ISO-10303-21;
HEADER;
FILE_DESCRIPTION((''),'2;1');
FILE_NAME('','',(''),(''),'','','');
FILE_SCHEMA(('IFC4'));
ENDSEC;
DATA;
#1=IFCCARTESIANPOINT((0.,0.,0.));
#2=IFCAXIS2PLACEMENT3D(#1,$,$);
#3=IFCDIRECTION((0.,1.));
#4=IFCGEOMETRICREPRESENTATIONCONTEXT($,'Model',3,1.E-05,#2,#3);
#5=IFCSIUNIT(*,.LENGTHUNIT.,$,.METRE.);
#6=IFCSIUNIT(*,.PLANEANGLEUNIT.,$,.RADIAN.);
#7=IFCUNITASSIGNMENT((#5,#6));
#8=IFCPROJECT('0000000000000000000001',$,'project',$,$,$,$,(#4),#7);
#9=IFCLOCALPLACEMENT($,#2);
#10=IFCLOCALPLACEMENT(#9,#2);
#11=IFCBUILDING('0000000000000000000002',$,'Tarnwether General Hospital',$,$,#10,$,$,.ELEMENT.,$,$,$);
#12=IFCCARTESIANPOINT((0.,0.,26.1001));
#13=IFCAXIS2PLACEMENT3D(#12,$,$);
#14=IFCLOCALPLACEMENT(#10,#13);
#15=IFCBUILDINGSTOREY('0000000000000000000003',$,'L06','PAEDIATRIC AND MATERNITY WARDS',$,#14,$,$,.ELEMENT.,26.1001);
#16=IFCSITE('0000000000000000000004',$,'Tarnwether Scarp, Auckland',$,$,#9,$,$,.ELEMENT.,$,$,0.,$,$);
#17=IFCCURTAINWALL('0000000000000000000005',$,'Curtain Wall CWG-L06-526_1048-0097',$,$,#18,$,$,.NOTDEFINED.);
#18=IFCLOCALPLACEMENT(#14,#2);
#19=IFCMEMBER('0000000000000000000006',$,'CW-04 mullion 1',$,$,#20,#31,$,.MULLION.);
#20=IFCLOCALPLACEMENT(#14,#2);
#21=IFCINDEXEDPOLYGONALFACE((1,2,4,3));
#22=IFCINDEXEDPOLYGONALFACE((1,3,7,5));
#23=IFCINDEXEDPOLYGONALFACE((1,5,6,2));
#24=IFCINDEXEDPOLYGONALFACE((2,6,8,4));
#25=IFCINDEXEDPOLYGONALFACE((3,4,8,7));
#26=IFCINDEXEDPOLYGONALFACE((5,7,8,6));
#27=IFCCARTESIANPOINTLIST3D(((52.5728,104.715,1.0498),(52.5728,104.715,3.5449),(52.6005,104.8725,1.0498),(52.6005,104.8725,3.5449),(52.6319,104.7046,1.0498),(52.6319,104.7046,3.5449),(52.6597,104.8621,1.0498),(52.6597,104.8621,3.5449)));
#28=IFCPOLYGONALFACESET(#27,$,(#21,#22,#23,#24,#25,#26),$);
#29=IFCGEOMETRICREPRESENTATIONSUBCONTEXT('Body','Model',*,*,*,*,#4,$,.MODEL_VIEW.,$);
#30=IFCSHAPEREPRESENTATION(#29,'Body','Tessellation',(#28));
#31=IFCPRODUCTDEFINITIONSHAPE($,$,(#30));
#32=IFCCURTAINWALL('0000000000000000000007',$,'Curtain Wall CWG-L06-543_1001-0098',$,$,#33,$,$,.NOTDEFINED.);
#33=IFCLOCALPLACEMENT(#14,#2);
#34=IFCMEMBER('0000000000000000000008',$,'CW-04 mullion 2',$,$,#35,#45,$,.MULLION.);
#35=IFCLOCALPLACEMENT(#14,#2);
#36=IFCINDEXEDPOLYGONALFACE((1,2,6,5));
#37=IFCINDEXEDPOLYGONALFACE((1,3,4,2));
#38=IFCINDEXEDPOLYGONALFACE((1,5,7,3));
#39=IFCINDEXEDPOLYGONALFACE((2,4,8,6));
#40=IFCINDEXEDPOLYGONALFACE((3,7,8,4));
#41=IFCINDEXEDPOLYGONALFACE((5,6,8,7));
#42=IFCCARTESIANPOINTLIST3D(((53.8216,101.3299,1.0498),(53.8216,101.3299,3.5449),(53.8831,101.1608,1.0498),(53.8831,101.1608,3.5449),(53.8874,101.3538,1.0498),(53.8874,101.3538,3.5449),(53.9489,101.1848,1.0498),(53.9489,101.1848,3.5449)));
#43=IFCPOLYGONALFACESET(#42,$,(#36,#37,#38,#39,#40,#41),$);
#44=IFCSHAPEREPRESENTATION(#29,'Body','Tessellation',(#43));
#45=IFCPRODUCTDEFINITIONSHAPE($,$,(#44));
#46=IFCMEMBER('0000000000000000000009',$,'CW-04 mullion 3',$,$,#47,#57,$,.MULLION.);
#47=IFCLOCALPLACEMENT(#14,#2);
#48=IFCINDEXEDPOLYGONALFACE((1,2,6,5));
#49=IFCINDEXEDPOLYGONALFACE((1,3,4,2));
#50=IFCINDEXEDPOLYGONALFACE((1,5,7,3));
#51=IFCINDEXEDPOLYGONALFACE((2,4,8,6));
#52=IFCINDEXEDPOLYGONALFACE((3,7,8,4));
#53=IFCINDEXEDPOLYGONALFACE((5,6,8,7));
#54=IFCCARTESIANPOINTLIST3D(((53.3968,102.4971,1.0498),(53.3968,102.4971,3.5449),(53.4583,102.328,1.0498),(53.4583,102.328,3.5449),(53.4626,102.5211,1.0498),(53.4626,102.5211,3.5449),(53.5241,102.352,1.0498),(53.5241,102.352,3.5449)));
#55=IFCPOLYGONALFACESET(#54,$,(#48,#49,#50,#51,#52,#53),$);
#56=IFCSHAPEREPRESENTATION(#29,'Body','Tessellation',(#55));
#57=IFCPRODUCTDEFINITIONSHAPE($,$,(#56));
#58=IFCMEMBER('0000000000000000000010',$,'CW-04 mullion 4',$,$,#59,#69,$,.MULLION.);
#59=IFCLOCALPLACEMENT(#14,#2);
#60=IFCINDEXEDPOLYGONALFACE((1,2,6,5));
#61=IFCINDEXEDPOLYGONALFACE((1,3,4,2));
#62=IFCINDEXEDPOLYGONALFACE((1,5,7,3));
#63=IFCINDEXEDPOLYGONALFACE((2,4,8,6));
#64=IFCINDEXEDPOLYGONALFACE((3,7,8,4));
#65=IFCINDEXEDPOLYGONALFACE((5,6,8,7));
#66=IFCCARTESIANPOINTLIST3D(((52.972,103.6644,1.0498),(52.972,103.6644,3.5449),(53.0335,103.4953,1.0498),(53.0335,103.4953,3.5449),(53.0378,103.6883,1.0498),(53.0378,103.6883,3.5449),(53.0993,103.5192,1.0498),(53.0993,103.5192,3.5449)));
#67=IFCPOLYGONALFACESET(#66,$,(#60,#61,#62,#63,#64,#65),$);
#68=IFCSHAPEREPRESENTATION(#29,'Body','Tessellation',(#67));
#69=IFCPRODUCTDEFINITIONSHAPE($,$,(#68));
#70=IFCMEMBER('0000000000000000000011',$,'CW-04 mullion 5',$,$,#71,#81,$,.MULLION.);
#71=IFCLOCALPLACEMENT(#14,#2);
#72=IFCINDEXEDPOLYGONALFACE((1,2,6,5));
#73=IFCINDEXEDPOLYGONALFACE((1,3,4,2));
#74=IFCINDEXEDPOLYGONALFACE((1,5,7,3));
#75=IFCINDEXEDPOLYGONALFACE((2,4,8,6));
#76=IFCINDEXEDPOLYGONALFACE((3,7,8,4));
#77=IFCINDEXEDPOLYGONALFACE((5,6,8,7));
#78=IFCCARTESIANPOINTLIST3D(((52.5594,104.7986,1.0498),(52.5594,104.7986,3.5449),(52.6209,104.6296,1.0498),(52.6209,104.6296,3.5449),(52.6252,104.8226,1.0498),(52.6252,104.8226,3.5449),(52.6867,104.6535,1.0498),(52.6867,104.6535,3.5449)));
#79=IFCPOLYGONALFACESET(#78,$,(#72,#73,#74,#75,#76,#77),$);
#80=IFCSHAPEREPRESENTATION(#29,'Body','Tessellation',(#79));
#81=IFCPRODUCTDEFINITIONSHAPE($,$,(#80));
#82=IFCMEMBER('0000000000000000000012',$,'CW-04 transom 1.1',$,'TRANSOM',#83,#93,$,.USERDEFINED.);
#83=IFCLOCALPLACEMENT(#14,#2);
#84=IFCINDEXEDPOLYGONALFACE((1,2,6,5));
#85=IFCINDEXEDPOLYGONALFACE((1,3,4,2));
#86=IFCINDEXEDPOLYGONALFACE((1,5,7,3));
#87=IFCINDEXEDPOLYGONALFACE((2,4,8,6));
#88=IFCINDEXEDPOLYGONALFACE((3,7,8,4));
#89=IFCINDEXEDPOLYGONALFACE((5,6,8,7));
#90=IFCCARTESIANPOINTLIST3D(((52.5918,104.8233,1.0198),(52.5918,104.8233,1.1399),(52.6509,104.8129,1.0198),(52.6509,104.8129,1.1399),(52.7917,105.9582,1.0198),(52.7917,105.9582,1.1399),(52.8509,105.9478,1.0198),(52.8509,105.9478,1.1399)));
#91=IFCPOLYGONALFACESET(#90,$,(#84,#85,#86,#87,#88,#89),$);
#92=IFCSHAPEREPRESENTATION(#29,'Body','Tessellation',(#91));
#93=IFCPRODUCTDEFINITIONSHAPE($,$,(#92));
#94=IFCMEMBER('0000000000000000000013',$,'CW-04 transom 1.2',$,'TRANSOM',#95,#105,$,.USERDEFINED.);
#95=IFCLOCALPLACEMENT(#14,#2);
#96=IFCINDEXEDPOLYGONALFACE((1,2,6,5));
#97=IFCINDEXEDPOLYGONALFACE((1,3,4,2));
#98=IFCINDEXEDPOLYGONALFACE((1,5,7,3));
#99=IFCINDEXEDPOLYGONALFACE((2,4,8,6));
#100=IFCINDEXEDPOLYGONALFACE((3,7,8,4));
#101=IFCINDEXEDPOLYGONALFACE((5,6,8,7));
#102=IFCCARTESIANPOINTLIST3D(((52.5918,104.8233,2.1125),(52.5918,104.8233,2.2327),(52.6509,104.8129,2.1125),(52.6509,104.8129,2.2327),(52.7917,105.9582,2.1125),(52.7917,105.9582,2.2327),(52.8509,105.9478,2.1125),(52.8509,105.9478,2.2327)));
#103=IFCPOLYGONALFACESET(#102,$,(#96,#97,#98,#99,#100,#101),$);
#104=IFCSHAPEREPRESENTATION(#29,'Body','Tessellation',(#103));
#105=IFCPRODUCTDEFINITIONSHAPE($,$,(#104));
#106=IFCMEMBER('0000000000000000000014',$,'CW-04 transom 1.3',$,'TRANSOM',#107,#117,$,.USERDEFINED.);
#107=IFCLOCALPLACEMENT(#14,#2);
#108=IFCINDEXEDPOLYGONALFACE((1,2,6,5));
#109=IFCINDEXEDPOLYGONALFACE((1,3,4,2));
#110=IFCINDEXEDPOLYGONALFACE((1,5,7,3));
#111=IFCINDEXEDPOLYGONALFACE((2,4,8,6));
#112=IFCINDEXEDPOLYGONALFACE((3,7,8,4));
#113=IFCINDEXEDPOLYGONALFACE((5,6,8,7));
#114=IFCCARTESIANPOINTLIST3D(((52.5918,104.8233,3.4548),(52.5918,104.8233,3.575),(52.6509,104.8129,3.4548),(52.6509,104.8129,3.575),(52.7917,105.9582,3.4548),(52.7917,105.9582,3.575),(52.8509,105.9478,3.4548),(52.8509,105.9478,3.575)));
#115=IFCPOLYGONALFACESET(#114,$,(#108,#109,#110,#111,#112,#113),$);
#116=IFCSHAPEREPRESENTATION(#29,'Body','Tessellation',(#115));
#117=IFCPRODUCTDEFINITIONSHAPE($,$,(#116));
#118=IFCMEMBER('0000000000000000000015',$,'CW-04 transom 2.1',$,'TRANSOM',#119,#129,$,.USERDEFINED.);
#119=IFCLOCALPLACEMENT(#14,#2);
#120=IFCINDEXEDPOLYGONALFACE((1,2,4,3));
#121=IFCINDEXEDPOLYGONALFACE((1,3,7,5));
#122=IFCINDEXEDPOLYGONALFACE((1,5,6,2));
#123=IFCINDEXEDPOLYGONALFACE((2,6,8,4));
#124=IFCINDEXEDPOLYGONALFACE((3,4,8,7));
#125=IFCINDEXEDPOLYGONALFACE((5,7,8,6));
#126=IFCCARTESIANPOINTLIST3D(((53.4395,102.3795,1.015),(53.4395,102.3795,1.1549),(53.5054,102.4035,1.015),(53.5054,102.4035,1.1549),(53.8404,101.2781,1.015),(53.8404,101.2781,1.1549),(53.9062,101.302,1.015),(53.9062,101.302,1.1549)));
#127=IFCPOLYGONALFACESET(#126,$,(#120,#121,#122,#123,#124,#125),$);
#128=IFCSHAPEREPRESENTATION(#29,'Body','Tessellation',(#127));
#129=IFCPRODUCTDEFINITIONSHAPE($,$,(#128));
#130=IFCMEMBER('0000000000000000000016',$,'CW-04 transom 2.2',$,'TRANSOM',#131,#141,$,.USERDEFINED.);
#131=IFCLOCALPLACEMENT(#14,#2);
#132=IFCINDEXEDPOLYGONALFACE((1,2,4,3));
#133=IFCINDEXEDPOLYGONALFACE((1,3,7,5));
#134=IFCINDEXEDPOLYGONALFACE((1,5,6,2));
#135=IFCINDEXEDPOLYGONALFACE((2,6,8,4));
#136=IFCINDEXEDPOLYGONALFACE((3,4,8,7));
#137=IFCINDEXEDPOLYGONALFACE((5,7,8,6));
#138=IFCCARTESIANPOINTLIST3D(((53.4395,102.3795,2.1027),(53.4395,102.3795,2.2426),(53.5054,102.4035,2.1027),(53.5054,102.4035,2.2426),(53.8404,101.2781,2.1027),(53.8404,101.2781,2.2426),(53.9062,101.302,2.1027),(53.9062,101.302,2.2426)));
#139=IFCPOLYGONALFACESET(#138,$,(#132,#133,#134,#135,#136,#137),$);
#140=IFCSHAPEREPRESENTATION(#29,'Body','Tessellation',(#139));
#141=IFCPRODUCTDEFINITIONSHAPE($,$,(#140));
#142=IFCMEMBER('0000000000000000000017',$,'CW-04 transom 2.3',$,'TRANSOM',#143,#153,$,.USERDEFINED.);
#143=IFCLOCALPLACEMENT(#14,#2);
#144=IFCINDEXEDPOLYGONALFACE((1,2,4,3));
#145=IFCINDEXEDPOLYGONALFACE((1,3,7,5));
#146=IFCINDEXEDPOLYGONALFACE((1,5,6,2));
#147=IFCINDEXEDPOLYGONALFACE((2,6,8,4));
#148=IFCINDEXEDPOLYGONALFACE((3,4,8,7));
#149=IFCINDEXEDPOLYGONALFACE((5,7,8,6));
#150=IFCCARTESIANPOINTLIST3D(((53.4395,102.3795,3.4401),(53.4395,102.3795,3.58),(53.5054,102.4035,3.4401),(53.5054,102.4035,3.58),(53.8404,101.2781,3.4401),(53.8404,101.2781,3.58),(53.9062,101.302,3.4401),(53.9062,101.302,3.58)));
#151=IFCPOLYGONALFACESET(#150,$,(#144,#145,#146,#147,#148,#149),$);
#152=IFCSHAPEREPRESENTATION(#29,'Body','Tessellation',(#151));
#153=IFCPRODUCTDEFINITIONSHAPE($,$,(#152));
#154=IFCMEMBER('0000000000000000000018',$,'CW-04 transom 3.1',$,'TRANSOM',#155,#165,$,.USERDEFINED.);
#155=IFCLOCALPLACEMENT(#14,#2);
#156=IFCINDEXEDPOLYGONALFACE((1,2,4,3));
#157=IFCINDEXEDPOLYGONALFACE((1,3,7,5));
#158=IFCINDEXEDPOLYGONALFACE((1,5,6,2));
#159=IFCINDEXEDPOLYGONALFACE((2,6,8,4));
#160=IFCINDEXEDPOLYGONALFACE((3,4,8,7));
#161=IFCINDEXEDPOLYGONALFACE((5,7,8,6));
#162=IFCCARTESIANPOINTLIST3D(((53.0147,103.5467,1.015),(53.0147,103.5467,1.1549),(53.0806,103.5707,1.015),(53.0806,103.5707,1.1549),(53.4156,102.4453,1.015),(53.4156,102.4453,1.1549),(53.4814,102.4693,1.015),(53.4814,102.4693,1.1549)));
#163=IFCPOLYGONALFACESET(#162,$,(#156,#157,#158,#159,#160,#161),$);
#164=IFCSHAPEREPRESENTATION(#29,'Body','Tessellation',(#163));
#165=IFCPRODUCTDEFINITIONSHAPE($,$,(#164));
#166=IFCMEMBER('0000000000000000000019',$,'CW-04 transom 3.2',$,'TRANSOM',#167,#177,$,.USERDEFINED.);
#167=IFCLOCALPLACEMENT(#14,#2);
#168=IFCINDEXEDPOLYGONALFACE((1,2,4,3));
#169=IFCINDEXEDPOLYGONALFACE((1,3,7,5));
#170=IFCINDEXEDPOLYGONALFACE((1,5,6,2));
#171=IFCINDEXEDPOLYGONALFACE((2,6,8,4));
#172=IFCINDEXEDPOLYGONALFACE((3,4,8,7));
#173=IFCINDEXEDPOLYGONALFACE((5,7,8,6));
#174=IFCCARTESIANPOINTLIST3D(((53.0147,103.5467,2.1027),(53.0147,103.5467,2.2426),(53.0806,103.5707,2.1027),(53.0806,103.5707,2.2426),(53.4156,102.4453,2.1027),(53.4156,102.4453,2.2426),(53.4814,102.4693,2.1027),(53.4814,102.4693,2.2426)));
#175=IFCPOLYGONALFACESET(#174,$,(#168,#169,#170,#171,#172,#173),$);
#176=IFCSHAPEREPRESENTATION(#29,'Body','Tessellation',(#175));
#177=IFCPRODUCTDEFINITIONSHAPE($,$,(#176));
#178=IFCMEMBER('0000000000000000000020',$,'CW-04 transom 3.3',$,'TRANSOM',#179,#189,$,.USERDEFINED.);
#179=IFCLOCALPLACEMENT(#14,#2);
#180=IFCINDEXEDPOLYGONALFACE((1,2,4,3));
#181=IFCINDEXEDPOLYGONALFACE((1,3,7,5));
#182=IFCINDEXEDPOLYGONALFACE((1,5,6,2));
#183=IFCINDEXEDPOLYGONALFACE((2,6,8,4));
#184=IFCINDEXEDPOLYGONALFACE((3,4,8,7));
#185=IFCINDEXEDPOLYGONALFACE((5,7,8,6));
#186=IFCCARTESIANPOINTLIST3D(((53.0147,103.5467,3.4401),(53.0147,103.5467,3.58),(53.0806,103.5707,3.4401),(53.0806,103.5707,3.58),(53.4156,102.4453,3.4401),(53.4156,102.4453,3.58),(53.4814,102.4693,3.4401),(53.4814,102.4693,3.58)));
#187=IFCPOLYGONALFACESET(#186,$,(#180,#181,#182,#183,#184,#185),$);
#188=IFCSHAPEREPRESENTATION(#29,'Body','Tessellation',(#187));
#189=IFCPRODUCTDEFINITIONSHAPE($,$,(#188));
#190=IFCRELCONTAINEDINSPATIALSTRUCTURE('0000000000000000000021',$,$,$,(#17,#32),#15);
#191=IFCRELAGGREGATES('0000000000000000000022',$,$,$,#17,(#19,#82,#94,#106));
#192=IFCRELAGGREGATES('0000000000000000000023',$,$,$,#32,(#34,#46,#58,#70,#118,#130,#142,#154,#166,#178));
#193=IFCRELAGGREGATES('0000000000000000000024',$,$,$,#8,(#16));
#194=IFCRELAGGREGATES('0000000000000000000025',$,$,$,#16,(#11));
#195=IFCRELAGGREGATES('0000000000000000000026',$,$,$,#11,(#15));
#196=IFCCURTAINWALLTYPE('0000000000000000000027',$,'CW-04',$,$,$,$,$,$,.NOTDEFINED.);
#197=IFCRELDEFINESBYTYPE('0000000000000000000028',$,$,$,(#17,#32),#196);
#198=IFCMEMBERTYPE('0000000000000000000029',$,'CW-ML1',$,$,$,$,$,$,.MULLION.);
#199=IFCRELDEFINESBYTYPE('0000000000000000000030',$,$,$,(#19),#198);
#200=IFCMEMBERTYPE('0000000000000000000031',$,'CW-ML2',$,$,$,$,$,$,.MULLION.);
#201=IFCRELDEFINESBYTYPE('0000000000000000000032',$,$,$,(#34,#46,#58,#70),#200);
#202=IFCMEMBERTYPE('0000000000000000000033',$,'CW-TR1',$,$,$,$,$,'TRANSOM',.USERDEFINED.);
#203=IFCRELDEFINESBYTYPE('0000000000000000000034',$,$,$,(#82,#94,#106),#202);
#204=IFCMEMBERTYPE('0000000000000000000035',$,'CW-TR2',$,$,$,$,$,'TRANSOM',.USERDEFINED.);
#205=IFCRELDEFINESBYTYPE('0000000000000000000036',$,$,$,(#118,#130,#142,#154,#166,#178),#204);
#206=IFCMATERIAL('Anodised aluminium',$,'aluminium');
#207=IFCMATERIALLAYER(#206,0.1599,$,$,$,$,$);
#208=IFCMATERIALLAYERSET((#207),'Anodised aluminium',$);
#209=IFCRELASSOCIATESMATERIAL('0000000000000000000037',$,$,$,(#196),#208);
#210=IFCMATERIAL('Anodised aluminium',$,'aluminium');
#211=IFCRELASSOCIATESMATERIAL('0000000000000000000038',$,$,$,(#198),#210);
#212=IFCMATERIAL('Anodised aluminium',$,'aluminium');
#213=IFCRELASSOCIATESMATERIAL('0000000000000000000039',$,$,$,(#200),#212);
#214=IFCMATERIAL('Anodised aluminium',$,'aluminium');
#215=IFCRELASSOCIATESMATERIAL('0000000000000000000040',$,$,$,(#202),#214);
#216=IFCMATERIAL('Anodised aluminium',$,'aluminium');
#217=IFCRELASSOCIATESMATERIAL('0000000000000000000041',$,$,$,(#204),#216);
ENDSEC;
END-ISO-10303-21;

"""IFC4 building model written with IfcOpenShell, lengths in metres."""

from ifc_helpers import new_model, si_unit, direction, frame, origin, origin_2d, place, context, subcontext, project, spatial, rectangle, extrude, material, layer, layer_set, material_profile, profile_set, type_object, element, aggregate, save


model = new_model("IFC4")

# Units and contexts
model_context = context("Model", 3, precision=1e-05, world=origin(), true_north=direction((0.0, 1.0)))
body_context = subcontext(model_context, "Body", "Model", "MODEL_VIEW")
ifc_project = project(units=[si_unit("LENGTHUNIT", "METRE"), si_unit("PLANEANGLEUNIT", "RADIAN")], contexts=[model_context])

# Site, building, storey
site_placement = place(None, origin())
site = spatial("IfcSite", under=ifc_project, at=site_placement, Name="Tarnwether Scarp, Auckland", CompositionType="ELEMENT", RefElevation=0.0)
building_placement = place(site_placement, origin())
building = spatial("IfcBuilding", under=site, at=building_placement, Name="Tarnwether General Hospital", CompositionType="ELEMENT")
storey_placement = place(building_placement, frame((0.0, 0.0, 26.1001)))
storey = spatial("IfcBuildingStorey", under=building, at=storey_placement, Name="L06", Description="PAEDIATRIC AND MATERNITY WARDS", CompositionType="ELEMENT", Elevation=26.1001)

# Curtain wall, member
ifc_material_1 = material(Name="Anodised aluminium", Category="aluminium")
ifc_layer_1 = layer(ifc_material_1, 0.1599)
ifc_layer_set_1 = layer_set([ifc_layer_1], Name="Anodised aluminium")
curtain_wall_type = type_object("IfcCurtainWallType", Name="CW-04", PredefinedType="NOTDEFINED", material=ifc_layer_set_1)
curtain_wall_1_placement = place(storey_placement, origin())
curtain_wall_1 = element("IfcCurtainWall", 1, at=curtain_wall_1_placement, inside=storey, type_object=curtain_wall_type, Name="Curtain Wall CWG-L06-526_1048-0097", PredefinedType="NOTDEFINED")
ifc_material_2 = material(Name="Anodised aluminium", Category="aluminium")
ifc_material_profile_1 = material_profile(ifc_material_2, rectangle(XDim=0.0601, YDim=0.1599, at=origin_2d()), Name="ALU-MUL-60x160")
ifc_profile_set_1 = profile_set([ifc_material_profile_1], Name="Anodised aluminium")
member_type_1 = type_object("IfcMemberType", Name="CW-ML1", PredefinedType="MULLION", material=ifc_profile_set_1)
member_1_placement = place(storey_placement, frame((52.6162, 104.7886, 1.0498), z_axis=(0.0, 0.0, 1.0), x_axis=(-0.98484, 0.173464, 0.0)))
member_1 = element("IfcMember", 2, at=member_1_placement, type_object=member_type_1, Name="CW-04 mullion 1", PredefinedType="MULLION", context=body_context, shape_type="SweptSolid", body=[
    extrude(rectangle(XDim=0.0601, YDim=0.1599, at=origin_2d()), origin(), (0.0, 0.0, 1.0), 2.4951),
])

# Curtain wall, members
curtain_wall_2_placement = place(storey_placement, origin())
curtain_wall_2 = element("IfcCurtainWall", 3, at=curtain_wall_2_placement, inside=storey, type_object=curtain_wall_type, Name="Curtain Wall CWG-L06-543_1001-0098", PredefinedType="NOTDEFINED")
ifc_material_3 = material(Name="Anodised aluminium", Category="aluminium")
ifc_material_profile_2 = material_profile(ifc_material_3, rectangle(XDim=0.0701, YDim=0.1799, at=origin_2d()), Name="ALU-MUL-70x180")
ifc_profile_set_2 = profile_set([ifc_material_profile_2], Name="Anodised aluminium")
member_type_2 = type_object("IfcMemberType", Name="CW-ML2", PredefinedType="MULLION", material=ifc_profile_set_2)
member_2_placement = place(storey_placement, frame((53.8853, 101.2573, 1.0498), z_axis=(0.0, 0.0, 1.0), x_axis=(-0.939717, -0.341953, 0.0)))
member_2 = element("IfcMember", 4, at=member_2_placement, type_object=member_type_2, Name="CW-04 mullion 2", PredefinedType="MULLION", context=body_context, shape_type="SweptSolid", body=[
    extrude(rectangle(XDim=0.0701, YDim=0.1799, at=origin_2d()), origin(), (0.0, 0.0, 1.0), 2.4951),
])
member_3_placement = place(storey_placement, frame((53.4604, 102.4246, 1.0498), z_axis=(0.0, 0.0, 1.0), x_axis=(-0.939717, -0.341953, 0.0)))
member_3 = element("IfcMember", 5, at=member_3_placement, type_object=member_type_2, Name="CW-04 mullion 3", PredefinedType="MULLION", context=body_context, shape_type="SweptSolid", body=[
    extrude(rectangle(XDim=0.0701, YDim=0.1799, at=origin_2d()), origin(), (0.0, 0.0, 1.0), 2.4951),
])
member_4_placement = place(storey_placement, frame((53.0356, 103.5918, 1.0498), z_axis=(0.0, 0.0, 1.0), x_axis=(-0.939717, -0.341953, 0.0)))
member_4 = element("IfcMember", 6, at=member_4_placement, type_object=member_type_2, Name="CW-04 mullion 4", PredefinedType="MULLION", context=body_context, shape_type="SweptSolid", body=[
    extrude(rectangle(XDim=0.0701, YDim=0.1799, at=origin_2d()), origin(), (0.0, 0.0, 1.0), 2.4951),
])
member_5_placement = place(storey_placement, frame((52.623, 104.7261, 1.0498), z_axis=(0.0, 0.0, 1.0), x_axis=(-0.939717, -0.341953, 0.0)))
member_5 = element("IfcMember", 7, at=member_5_placement, type_object=member_type_2, Name="CW-04 mullion 5", PredefinedType="MULLION", context=body_context, shape_type="SweptSolid", body=[
    extrude(rectangle(XDim=0.0701, YDim=0.1799, at=origin_2d()), origin(), (0.0, 0.0, 1.0), 2.4951),
])

# Members
ifc_material_4 = material(Name="Anodised aluminium", Category="aluminium")
ifc_material_profile_3 = material_profile(ifc_material_4, rectangle(XDim=0.0601, YDim=0.1201, at=origin_2d()), Name="ALU-TRN-60x120")
ifc_profile_set_3 = profile_set([ifc_material_profile_3], Name="Anodised aluminium")
member_type_3 = type_object("IfcMemberType", Name="CW-TR1", ElementType="TRANSOM", PredefinedType="USERDEFINED", material=ifc_profile_set_3)
member_6_placement = place(storey_placement, frame((52.6213, 104.8181, 1.0798), z_axis=(0.173531, 0.984828, 0.0), x_axis=(-0.984828, 0.173531, 0.0)))
member_6 = element("IfcMember", 8, at=member_6_placement, type_object=member_type_3, Name="CW-04 transom 1.1", ObjectType="TRANSOM", PredefinedType="USERDEFINED", context=body_context, shape_type="SweptSolid", body=[
    extrude(rectangle(XDim=0.0601, YDim=0.1201, at=origin_2d()), origin(), (0.0, 0.0, 1.0), 1.1523),
])
member_7_placement = place(storey_placement, frame((52.6213, 104.8181, 2.1726), z_axis=(0.173531, 0.984828, 0.0), x_axis=(-0.984828, 0.173531, 0.0)))
member_7 = element("IfcMember", 9, at=member_7_placement, type_object=member_type_3, Name="CW-04 transom 1.2", ObjectType="TRANSOM", PredefinedType="USERDEFINED", context=body_context, shape_type="SweptSolid", body=[
    extrude(rectangle(XDim=0.0601, YDim=0.1201, at=origin_2d()), origin(), (0.0, 0.0, 1.0), 1.1523),
])
member_8_placement = place(storey_placement, frame((52.6213, 104.8181, 3.5149), z_axis=(0.173531, 0.984828, 0.0), x_axis=(-0.984828, 0.173531, 0.0)))
member_8 = element("IfcMember", 10, at=member_8_placement, type_object=member_type_3, Name="CW-04 transom 1.3", ObjectType="TRANSOM", PredefinedType="USERDEFINED", context=body_context, shape_type="SweptSolid", body=[
    extrude(rectangle(XDim=0.0601, YDim=0.1201, at=origin_2d()), origin(), (0.0, 0.0, 1.0), 1.1523),
])
aggregate(curtain_wall_1, [member_1, member_6, member_7, member_8])
ifc_material_5 = material(Name="Anodised aluminium", Category="aluminium")
ifc_material_profile_4 = material_profile(ifc_material_5, rectangle(XDim=0.0701, YDim=0.1399, at=origin_2d()), Name="ALU-TRN-70x140")
ifc_profile_set_4 = profile_set([ifc_material_profile_4], Name="Anodised aluminium")
member_type_4 = type_object("IfcMemberType", Name="CW-TR2", ElementType="TRANSOM", PredefinedType="USERDEFINED", material=ifc_profile_set_4)
member_9_placement = place(storey_placement, frame((53.8733, 101.29, 1.085), z_axis=(-0.341977, 0.939708, 0.0), x_axis=(-0.939708, -0.341977, 0.0)))
member_9 = element("IfcMember", 11, at=member_9_placement, type_object=member_type_4, Name="CW-04 transom 2.1", ObjectType="TRANSOM", PredefinedType="USERDEFINED", context=body_context, shape_type="SweptSolid", body=[
    extrude(rectangle(XDim=0.0701, YDim=0.1399, at=origin_2d()), origin(), (0.0, 0.0, 1.0), 1.1721),
])
member_10_placement = place(storey_placement, frame((53.8733, 101.29, 2.1726), z_axis=(-0.341977, 0.939708, 0.0), x_axis=(-0.939708, -0.341977, 0.0)))
member_10 = element("IfcMember", 12, at=member_10_placement, type_object=member_type_4, Name="CW-04 transom 2.2", ObjectType="TRANSOM", PredefinedType="USERDEFINED", context=body_context, shape_type="SweptSolid", body=[
    extrude(rectangle(XDim=0.0701, YDim=0.1399, at=origin_2d()), origin(), (0.0, 0.0, 1.0), 1.1721),
])
member_11_placement = place(storey_placement, frame((53.8733, 101.29, 3.51), z_axis=(-0.341977, 0.939708, 0.0), x_axis=(-0.939708, -0.341977, 0.0)))
member_11 = element("IfcMember", 13, at=member_11_placement, type_object=member_type_4, Name="CW-04 transom 2.3", ObjectType="TRANSOM", PredefinedType="USERDEFINED", context=body_context, shape_type="SweptSolid", body=[
    extrude(rectangle(XDim=0.0701, YDim=0.1399, at=origin_2d()), origin(), (0.0, 0.0, 1.0), 1.1721),
])
member_12_placement = place(storey_placement, frame((53.4485, 102.4573, 1.085), z_axis=(-0.341977, 0.939708, 0.0), x_axis=(-0.939708, -0.341977, 0.0)))
member_12 = element("IfcMember", 14, at=member_12_placement, type_object=member_type_4, Name="CW-04 transom 3.1", ObjectType="TRANSOM", PredefinedType="USERDEFINED", context=body_context, shape_type="SweptSolid", body=[
    extrude(rectangle(XDim=0.0701, YDim=0.1399, at=origin_2d()), origin(), (0.0, 0.0, 1.0), 1.1721),
])
member_13_placement = place(storey_placement, frame((53.4485, 102.4573, 2.1726), z_axis=(-0.341977, 0.939708, 0.0), x_axis=(-0.939708, -0.341977, 0.0)))
member_13 = element("IfcMember", 15, at=member_13_placement, type_object=member_type_4, Name="CW-04 transom 3.2", ObjectType="TRANSOM", PredefinedType="USERDEFINED", context=body_context, shape_type="SweptSolid", body=[
    extrude(rectangle(XDim=0.0701, YDim=0.1399, at=origin_2d()), origin(), (0.0, 0.0, 1.0), 1.1721),
])
member_14_placement = place(storey_placement, frame((53.4485, 102.4573, 3.51), z_axis=(-0.341977, 0.939708, 0.0), x_axis=(-0.939708, -0.341977, 0.0)))
member_14 = element("IfcMember", 16, at=member_14_placement, type_object=member_type_4, Name="CW-04 transom 3.3", ObjectType="TRANSOM", PredefinedType="USERDEFINED", context=body_context, shape_type="SweptSolid", body=[
    extrude(rectangle(XDim=0.0701, YDim=0.1399, at=origin_2d()), origin(), (0.0, 0.0, 1.0), 1.1721),
])

aggregate(curtain_wall_2, [member_2, member_3, member_4, member_5, member_9, member_10, member_11, member_12, member_13, member_14])

save(model, "model.ifc")
